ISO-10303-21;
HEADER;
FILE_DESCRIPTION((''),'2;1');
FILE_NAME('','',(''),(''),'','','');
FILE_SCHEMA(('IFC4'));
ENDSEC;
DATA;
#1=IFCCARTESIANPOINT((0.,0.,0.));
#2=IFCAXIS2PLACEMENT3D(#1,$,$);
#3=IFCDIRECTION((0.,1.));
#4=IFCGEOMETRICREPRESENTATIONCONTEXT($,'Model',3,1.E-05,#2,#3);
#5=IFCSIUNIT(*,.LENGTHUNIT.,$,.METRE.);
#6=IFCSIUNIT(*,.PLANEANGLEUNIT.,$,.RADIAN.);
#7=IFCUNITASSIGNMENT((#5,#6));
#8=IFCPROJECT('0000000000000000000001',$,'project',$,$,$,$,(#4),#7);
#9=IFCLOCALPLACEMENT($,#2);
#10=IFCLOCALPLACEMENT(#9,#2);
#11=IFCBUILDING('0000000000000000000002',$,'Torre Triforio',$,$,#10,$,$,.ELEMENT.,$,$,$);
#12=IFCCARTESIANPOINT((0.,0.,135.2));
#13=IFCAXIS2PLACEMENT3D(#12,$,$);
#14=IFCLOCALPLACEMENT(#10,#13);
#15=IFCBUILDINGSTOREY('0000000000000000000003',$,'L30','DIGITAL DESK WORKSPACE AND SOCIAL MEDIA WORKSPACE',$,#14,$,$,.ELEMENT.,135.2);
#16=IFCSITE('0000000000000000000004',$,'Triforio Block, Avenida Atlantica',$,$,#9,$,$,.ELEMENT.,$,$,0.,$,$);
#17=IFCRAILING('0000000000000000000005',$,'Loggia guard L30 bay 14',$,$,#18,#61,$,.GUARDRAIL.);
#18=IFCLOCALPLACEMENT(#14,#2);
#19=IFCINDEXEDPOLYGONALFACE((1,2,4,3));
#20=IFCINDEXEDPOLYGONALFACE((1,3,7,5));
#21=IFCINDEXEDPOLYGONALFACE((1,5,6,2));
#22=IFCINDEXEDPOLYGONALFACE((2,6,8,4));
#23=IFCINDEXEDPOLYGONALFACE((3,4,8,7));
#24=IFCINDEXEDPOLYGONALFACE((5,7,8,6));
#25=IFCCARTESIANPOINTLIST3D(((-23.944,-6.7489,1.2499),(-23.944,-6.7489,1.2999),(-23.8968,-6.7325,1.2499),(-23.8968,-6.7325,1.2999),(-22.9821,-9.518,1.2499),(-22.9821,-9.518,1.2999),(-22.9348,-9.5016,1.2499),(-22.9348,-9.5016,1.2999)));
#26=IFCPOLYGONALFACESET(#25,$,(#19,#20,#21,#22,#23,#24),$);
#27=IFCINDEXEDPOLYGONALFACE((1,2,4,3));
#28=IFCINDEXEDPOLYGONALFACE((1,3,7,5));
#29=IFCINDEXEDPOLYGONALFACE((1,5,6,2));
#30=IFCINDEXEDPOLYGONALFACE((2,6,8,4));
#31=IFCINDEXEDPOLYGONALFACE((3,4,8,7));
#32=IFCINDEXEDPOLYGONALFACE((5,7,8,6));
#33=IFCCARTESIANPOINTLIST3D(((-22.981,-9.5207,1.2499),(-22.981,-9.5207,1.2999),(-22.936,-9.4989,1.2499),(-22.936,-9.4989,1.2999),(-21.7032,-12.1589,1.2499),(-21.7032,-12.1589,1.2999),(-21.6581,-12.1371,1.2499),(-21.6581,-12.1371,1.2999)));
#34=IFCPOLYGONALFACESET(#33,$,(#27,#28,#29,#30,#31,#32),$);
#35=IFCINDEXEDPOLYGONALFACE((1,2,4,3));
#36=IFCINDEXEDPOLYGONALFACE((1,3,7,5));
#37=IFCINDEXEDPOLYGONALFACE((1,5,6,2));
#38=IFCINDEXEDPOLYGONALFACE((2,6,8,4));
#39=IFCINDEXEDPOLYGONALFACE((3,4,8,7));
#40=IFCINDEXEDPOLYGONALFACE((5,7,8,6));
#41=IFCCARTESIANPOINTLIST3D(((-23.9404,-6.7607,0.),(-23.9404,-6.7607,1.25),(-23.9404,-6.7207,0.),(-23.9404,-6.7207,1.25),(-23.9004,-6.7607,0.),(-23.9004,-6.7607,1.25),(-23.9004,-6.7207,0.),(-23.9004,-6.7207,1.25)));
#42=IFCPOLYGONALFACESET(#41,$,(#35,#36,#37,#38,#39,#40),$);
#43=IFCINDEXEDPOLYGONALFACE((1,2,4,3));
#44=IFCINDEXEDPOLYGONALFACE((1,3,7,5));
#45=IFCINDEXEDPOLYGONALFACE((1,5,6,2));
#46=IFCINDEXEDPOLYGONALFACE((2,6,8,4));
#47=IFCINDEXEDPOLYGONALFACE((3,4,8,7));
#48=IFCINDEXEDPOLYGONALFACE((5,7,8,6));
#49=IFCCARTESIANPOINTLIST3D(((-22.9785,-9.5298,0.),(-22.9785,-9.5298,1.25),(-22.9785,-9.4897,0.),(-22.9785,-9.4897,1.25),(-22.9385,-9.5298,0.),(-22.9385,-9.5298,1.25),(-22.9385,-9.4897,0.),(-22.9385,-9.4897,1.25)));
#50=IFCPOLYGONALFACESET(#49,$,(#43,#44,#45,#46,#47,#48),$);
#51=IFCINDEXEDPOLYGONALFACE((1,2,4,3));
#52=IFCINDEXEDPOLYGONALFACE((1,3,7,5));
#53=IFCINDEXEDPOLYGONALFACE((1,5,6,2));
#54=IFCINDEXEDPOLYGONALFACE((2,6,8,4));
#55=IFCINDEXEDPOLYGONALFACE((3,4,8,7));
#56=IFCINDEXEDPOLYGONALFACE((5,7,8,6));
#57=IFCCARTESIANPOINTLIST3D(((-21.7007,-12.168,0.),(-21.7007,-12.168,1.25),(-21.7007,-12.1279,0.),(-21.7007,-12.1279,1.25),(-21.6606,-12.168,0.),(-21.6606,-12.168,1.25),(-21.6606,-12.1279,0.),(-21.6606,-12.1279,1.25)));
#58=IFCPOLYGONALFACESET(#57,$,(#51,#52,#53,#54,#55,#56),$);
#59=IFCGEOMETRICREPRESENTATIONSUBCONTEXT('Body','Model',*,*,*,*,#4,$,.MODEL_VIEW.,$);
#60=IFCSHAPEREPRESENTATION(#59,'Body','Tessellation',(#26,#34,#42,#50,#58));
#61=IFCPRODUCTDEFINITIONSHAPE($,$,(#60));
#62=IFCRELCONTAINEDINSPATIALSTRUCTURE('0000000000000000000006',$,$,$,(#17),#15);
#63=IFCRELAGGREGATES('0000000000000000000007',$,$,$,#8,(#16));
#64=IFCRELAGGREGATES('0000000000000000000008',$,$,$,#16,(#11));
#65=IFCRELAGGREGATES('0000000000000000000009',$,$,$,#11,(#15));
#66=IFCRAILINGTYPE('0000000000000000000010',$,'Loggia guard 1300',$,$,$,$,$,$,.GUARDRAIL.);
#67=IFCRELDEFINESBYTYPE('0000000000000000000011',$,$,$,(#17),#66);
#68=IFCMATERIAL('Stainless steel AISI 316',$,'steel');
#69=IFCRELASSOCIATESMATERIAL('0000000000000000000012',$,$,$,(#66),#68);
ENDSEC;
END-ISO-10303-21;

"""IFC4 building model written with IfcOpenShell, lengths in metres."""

from ifc_helpers import new_model, si_unit, direction, frame, origin, origin_2d, place, context, subcontext, project, spatial, rectangle, extrude, material, type_object, element, save


model = new_model("IFC4")

# Units and contexts
model_context = context("Model", 3, precision=1e-05, world=origin(), true_north=direction((0.0, 1.0)))
body_context = subcontext(model_context, "Body", "Model", "MODEL_VIEW")
ifc_project = project(units=[si_unit("LENGTHUNIT", "METRE"), si_unit("PLANEANGLEUNIT", "RADIAN")], contexts=[model_context])

# Site, building, storey
site_placement = place(None, origin())
site = spatial("IfcSite", under=ifc_project, at=site_placement, Name="Triforio Block, Avenida Atlantica", CompositionType="ELEMENT", RefElevation=0.0)
building_placement = place(site_placement, origin())
building = spatial("IfcBuilding", under=site, at=building_placement, Name="Torre Triforio", CompositionType="ELEMENT")
storey_placement = place(building_placement, frame((0.0, 0.0, 135.2)))
storey = spatial("IfcBuildingStorey", under=building, at=storey_placement, Name="L30", Description="DIGITAL DESK WORKSPACE AND SOCIAL MEDIA WORKSPACE", CompositionType="ELEMENT", Elevation=135.2)

# Railing
ifc_material_1 = material(Name="Stainless steel AISI 316", Category="steel")
railing_type = type_object("IfcRailingType", Name="Loggia guard 1300", PredefinedType="GUARDRAIL", material=ifc_material_1)
railing_1_placement = place(storey_placement, frame((-23.9204, -6.7407, 0.0)))
element("IfcRailing", 1, at=railing_1_placement, inside=storey, type_object=railing_type, Name="Loggia guard L30 bay 14", PredefinedType="GUARDRAIL", context=body_context, shape_type="SweptSolid", body=[
    extrude(rectangle(XDim=0.05, YDim=0.05, at=origin_2d()), frame((0.0, 0.0, 1.2749), z_axis=(0.328146, -0.944627, 0.0), x_axis=(0.944627, 0.328146, 0.0)), (0.0, 0.0, 1.0), 2.9314),
    extrude(rectangle(XDim=0.05, YDim=0.05, at=origin_2d()), frame((0.9619, -2.769, 1.2749), z_axis=(0.435918, -0.899986, 0.0), x_axis=(0.899986, 0.435918, 0.0)), (0.0, 0.0, 1.0), 2.9314),
    extrude(rectangle(XDim=0.04, YDim=0.04, at=origin_2d()), origin(), (0.0, 0.0, 1.0), 1.25),
    extrude(rectangle(XDim=0.04, YDim=0.04, at=origin_2d()), frame((0.9619, -2.769, 0.0)), (0.0, 0.0, 1.0), 1.25),
    extrude(rectangle(XDim=0.04, YDim=0.04, at=origin_2d()), frame((2.2397, -5.4072, 0.0)), (0.0, 0.0, 1.0), 1.25),
])

save(model, "model.ifc")
